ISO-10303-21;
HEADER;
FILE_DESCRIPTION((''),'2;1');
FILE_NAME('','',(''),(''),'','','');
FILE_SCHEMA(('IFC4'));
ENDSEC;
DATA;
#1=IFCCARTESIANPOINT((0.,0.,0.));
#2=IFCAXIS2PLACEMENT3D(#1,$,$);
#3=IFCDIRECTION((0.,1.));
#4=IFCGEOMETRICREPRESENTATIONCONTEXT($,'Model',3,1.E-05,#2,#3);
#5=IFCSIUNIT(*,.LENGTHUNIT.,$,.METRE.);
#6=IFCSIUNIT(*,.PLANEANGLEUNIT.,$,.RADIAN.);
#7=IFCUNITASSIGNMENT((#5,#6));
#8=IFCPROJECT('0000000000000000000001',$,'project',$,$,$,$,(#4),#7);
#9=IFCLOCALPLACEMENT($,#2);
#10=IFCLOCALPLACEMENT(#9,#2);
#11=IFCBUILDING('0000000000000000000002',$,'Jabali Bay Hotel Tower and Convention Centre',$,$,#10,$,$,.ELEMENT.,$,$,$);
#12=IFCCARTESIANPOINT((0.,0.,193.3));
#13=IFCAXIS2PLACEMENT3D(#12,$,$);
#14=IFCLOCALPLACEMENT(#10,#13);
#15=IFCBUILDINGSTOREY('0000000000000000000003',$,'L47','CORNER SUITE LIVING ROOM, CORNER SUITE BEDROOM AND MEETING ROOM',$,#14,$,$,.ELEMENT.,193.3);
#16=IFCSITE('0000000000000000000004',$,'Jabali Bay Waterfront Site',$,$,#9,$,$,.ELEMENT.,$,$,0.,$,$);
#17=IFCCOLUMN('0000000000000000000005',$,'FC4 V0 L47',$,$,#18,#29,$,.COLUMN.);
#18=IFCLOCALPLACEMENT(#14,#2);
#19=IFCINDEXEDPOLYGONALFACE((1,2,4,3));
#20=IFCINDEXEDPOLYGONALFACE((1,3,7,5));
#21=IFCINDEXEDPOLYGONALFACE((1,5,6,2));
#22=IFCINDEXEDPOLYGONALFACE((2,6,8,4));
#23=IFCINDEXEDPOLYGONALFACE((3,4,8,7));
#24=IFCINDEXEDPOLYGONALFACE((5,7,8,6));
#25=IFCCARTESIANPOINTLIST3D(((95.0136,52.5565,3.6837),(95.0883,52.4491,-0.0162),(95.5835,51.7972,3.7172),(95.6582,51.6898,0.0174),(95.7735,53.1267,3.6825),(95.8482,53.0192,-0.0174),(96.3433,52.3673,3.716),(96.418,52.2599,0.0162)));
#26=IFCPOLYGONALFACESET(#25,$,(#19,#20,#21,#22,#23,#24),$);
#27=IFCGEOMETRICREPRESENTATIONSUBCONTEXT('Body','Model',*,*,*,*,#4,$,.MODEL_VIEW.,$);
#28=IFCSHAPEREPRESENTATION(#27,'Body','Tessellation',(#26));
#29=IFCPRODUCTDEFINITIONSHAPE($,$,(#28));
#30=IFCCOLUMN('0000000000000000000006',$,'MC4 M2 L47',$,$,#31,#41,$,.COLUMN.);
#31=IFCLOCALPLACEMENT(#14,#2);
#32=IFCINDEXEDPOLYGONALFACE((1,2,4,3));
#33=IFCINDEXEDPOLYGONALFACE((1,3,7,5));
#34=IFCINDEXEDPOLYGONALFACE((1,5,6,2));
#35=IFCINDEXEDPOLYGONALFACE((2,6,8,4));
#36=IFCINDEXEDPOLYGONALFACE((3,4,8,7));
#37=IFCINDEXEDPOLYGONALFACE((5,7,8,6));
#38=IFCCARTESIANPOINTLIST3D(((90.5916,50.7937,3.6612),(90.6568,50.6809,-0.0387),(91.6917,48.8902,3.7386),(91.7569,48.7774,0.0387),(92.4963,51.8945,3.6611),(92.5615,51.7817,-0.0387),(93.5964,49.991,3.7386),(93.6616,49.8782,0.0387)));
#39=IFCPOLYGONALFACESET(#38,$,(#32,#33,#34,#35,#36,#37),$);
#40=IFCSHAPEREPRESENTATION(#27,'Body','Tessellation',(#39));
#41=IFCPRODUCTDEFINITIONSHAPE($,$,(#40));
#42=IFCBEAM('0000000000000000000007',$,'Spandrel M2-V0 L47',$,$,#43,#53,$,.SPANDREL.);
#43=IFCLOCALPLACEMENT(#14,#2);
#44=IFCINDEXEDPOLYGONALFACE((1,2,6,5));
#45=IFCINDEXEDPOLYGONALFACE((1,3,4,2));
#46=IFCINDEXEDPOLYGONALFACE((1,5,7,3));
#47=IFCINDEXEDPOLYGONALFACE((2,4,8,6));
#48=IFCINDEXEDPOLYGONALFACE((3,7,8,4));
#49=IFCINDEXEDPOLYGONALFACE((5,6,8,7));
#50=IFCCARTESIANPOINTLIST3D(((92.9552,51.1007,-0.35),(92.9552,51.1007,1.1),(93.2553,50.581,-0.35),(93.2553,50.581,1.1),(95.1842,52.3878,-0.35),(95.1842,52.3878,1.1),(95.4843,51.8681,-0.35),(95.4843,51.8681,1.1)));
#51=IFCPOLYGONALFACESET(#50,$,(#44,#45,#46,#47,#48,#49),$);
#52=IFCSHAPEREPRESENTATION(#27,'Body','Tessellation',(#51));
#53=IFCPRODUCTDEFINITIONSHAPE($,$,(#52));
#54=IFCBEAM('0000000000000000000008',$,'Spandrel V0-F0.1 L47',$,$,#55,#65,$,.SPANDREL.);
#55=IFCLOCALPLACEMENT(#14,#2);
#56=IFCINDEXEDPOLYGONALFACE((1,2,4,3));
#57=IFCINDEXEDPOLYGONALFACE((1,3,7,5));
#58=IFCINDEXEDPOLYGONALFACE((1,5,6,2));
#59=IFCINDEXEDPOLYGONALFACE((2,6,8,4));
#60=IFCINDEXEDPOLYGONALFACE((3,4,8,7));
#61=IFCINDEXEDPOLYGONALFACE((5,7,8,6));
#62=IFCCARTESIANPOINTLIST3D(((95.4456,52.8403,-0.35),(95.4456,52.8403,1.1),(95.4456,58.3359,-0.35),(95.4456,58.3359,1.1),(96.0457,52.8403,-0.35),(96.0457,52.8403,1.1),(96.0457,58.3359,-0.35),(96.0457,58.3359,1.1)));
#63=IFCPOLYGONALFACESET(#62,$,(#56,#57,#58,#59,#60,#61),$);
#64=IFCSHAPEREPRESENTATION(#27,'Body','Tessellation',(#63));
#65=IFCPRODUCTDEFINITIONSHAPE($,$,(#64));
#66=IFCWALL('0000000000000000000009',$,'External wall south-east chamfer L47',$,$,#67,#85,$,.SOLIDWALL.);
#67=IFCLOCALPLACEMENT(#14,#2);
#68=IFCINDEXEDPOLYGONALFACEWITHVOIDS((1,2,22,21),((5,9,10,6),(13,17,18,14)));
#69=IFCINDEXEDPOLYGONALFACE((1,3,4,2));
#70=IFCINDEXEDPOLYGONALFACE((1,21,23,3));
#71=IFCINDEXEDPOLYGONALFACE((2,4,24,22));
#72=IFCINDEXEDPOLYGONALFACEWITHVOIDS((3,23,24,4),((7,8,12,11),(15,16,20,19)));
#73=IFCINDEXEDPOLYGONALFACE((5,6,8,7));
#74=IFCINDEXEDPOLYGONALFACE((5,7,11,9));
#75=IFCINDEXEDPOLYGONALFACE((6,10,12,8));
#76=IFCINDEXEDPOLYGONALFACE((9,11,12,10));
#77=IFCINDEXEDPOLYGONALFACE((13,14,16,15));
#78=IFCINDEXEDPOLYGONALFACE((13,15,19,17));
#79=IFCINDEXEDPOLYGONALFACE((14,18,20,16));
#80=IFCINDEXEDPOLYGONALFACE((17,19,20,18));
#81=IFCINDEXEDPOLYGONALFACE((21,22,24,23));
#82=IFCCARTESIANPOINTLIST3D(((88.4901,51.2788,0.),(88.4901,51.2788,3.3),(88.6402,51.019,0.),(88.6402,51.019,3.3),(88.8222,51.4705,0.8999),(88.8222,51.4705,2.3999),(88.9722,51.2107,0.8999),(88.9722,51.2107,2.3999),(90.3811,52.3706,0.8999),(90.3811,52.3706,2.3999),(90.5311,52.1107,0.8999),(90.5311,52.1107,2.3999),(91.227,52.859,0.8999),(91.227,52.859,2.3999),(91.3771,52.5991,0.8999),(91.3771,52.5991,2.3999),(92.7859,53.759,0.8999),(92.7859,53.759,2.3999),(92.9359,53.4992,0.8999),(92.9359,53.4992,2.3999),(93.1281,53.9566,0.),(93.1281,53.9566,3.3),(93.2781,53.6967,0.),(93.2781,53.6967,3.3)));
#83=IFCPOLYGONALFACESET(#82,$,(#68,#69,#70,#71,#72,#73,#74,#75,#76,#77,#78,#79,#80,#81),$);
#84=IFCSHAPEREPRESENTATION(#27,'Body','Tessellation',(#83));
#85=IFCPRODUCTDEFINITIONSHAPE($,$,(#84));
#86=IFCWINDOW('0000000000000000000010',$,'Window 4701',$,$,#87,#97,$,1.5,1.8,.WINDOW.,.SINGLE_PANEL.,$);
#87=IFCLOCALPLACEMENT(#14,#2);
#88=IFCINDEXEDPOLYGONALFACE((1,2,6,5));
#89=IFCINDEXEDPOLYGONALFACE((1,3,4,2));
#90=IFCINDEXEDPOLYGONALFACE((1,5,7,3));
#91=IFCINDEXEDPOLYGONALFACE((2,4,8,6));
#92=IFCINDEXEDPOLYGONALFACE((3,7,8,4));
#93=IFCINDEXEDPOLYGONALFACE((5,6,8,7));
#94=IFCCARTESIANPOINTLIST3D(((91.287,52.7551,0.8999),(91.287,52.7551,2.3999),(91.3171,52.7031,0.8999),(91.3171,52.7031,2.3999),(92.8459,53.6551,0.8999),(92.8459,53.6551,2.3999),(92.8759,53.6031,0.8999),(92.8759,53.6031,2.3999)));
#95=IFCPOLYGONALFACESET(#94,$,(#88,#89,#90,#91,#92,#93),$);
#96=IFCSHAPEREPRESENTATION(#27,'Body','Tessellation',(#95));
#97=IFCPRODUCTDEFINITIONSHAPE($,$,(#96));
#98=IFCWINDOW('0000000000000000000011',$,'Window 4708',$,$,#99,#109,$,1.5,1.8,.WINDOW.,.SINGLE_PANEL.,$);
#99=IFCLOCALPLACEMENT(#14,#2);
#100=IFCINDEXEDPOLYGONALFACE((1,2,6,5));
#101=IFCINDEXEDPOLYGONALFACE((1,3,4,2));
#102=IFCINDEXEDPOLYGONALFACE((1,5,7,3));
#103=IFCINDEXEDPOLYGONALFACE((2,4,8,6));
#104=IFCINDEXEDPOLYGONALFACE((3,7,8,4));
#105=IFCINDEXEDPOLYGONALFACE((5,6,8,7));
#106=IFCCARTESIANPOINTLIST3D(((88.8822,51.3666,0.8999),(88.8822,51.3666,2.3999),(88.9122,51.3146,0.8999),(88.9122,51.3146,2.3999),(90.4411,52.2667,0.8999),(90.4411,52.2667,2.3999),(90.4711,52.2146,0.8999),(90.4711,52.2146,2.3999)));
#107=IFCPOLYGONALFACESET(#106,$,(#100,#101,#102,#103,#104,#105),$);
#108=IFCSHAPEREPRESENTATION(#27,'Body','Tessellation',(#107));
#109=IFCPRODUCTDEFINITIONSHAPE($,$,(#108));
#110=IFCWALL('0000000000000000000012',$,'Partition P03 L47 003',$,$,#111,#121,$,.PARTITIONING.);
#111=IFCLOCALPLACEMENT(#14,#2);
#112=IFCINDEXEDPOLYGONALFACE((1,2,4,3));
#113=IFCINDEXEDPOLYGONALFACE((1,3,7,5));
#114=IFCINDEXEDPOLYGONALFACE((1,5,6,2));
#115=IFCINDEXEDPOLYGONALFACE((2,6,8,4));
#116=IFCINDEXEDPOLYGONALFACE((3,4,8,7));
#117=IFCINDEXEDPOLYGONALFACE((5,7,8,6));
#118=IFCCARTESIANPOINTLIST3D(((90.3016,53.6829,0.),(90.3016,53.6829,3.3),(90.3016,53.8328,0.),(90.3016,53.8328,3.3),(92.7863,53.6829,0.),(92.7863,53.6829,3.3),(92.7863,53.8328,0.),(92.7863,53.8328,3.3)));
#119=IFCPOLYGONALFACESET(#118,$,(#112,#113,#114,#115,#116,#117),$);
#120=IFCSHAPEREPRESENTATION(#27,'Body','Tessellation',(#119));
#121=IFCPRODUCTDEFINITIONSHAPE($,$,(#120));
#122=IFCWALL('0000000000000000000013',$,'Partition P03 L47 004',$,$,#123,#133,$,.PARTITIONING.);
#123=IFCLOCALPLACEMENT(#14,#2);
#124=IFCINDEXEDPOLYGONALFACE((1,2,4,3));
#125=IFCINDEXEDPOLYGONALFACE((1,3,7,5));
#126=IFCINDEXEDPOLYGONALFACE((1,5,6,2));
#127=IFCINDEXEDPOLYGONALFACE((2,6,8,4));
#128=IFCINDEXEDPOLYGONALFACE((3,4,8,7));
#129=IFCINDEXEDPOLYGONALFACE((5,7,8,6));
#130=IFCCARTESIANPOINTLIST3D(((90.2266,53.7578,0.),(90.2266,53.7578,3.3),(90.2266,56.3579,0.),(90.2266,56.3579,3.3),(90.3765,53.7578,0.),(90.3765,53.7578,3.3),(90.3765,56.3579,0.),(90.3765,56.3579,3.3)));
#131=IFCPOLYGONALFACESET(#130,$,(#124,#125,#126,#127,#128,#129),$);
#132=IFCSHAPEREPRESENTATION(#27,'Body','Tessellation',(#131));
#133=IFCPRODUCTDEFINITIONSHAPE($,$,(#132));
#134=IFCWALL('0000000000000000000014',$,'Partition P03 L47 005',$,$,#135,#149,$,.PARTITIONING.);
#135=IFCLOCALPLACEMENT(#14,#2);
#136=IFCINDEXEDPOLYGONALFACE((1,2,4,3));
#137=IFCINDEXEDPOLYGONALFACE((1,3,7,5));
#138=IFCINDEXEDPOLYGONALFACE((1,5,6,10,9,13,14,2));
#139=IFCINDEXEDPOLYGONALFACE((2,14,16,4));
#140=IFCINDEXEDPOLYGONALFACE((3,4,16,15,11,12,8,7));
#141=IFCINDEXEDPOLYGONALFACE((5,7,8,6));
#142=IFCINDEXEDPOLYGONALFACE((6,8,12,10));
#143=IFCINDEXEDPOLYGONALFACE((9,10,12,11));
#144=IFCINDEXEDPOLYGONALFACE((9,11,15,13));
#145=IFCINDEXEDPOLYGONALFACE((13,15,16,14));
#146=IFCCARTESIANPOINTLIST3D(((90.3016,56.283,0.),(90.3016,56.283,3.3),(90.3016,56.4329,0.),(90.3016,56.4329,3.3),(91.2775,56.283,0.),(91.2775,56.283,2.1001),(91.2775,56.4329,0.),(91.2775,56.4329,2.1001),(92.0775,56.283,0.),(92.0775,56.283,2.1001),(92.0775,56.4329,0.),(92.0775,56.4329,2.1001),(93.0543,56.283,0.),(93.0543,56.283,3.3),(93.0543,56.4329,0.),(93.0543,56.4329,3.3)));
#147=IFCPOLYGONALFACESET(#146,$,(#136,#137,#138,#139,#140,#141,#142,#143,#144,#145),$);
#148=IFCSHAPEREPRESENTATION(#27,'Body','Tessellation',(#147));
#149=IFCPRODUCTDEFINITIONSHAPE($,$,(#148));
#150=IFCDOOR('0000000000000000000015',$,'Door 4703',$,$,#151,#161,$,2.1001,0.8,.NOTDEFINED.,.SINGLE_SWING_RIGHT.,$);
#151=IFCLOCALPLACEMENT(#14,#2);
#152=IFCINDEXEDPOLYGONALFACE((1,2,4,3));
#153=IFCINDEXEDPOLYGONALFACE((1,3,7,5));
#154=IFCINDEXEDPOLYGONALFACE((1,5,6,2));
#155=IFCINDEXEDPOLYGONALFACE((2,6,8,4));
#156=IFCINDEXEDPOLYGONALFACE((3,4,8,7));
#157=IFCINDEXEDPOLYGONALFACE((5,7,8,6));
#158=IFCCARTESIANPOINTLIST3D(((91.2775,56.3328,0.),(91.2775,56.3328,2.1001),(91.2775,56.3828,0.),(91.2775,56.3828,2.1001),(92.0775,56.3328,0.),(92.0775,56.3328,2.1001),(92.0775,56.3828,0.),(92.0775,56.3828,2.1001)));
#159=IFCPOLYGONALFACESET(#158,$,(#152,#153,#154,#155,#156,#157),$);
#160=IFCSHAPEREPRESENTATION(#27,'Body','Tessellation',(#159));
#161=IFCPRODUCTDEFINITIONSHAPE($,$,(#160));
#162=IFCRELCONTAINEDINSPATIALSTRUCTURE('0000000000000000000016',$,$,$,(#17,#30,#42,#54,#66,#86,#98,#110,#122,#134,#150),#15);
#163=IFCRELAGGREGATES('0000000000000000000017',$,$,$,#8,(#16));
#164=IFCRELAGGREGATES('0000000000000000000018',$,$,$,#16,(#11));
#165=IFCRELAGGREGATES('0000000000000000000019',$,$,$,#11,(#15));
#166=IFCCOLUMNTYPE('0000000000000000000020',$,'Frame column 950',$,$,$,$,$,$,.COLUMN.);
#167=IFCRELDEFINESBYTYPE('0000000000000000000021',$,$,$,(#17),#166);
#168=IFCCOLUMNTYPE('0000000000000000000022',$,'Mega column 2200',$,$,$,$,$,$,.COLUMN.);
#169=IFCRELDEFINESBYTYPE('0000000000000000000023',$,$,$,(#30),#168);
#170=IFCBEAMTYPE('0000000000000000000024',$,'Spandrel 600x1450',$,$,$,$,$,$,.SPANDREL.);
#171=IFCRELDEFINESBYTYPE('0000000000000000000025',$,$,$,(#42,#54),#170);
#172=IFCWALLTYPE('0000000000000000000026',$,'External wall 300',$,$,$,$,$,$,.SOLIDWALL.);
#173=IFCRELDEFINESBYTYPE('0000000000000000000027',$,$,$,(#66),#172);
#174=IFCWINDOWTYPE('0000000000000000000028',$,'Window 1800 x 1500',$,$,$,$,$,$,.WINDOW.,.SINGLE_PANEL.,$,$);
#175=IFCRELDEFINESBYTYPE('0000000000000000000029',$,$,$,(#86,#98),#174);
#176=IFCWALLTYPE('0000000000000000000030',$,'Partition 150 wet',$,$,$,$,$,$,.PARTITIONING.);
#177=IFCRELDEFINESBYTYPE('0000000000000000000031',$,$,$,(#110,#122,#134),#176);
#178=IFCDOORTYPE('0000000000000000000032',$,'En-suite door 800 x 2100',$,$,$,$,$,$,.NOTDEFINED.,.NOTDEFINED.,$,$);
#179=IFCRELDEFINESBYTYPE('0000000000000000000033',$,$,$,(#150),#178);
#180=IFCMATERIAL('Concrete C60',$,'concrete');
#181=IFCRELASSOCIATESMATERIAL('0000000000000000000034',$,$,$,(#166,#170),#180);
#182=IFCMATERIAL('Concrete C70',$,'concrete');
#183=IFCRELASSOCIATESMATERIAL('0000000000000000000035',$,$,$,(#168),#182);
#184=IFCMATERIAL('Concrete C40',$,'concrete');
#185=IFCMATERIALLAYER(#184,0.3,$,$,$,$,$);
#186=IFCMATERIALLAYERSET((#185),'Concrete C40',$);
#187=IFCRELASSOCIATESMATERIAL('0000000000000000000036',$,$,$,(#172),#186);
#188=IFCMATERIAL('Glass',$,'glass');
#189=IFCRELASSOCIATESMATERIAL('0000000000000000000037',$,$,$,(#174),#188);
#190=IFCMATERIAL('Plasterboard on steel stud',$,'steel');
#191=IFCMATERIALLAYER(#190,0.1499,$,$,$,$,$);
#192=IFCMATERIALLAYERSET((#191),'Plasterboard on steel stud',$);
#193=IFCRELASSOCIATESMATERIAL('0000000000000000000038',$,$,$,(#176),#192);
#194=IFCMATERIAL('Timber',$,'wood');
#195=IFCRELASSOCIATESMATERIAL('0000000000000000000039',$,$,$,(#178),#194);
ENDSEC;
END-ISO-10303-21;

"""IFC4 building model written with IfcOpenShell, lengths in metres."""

from ifc_helpers import new_model, si_unit, direction, frame, frame_2d, origin, origin_2d, place, context, subcontext, project, spatial, rectangle, extrude, material, layer, layer_set, material_profile, profile_set, type_object, element, fill, save


model = new_model("IFC4")

# Units and contexts
model_context = context("Model", 3, precision=1e-05, world=origin(), true_north=direction((0.0, 1.0)))
body_context = subcontext(model_context, "Body", "Model", "MODEL_VIEW")
ifc_project = project(units=[si_unit("LENGTHUNIT", "METRE"), si_unit("PLANEANGLEUNIT", "RADIAN")], contexts=[model_context])

# Site, building, storey
site_placement = place(None, origin())
site = spatial("IfcSite", under=ifc_project, at=site_placement, Name="Jabali Bay Waterfront Site", CompositionType="ELEMENT", RefElevation=0.0)
building_placement = place(site_placement, origin())
building = spatial("IfcBuilding", under=site, at=building_placement, Name="Jabali Bay Hotel Tower and Convention Centre", CompositionType="ELEMENT")
storey_placement = place(building_placement, frame((0.0, 0.0, 193.3)))
storey = spatial("IfcBuildingStorey", under=building, at=storey_placement, Name="L47", Description="CORNER SUITE LIVING ROOM, CORNER SUITE BEDROOM AND MEETING ROOM", CompositionType="ELEMENT", Elevation=193.3)

# Columns
ifc_material_1 = material(Name="Concrete C60", Category="concrete")
ifc_material_profile_1 = material_profile(ifc_material_1, rectangle(XDim=0.95, YDim=0.95, at=origin_2d()), Name="Frame column 950")
ifc_profile_set_1 = profile_set([ifc_material_profile_1], Name="Concrete C60")
column_type_1 = type_object("IfcColumnType", Name="Frame column 950", PredefinedType="COLUMN", material=ifc_profile_set_1)
column_1_placement = place(storey_placement, frame((95.7532, 52.3545, 0.0), z_axis=(-0.020179, 0.029015, 0.999375), x_axis=(-0.799848, -0.600201, 0.001276)))
element("IfcColumn", 1, at=column_1_placement, inside=storey, type_object=column_type_1, Name="FC4 V0 L47", PredefinedType="COLUMN", context=body_context, shape_type="SweptSolid", body=[
    extrude(rectangle(XDim=0.95, YDim=0.95, at=origin_2d()), origin(), (0.0, 0.0, 1.0), 3.7021),
])
ifc_material_2 = material(Name="Concrete C70", Category="concrete")
ifc_material_profile_2 = material_profile(ifc_material_2, rectangle(XDim=2.2, YDim=2.2, at=origin_2d()), Name="Mega column 2200")
ifc_profile_set_2 = profile_set([ifc_material_profile_2], Name="Concrete C70")
column_type_2 = type_object("IfcColumnType", Name="Mega column 2200", PredefinedType="COLUMN", material=ifc_profile_set_2)
column_2_placement = place(storey_placement, frame((92.1592, 50.2795, 0.0), z_axis=(-0.017607, 0.030466, 0.999381), x_axis=(-0.865809, -0.500375, 0.0)))
element("IfcColumn", 2, at=column_2_placement, inside=storey, type_object=column_type_2, Name="MC4 M2 L47", PredefinedType="COLUMN", context=body_context, shape_type="SweptSolid", body=[
    extrude(rectangle(XDim=2.2, YDim=2.2, at=origin_2d()), origin(), (0.0, 0.0, 1.0), 3.7021),
])

# Beams
ifc_material_profile_3 = material_profile(ifc_material_1, rectangle(XDim=0.6001, YDim=1.45, at=origin_2d()), Name="Spandrel 600x1450")
ifc_profile_set_3 = profile_set([ifc_material_profile_3], Name="Concrete C60")
beam_type = type_object("IfcBeamType", Name="Spandrel 600x1450", PredefinedType="SPANDREL", material=ifc_profile_set_3)
beam_1_placement = place(storey_placement, frame((93.1052, 50.8408, 0.375), z_axis=(0.865993, 0.500056, 0.0), x_axis=(-0.500056, 0.865993, 0.0)))
element("IfcBeam", 3, at=beam_1_placement, inside=storey, type_object=beam_type, Name="Spandrel M2-V0 L47", PredefinedType="SPANDREL", context=body_context, shape_type="SweptSolid", body=[
    extrude(rectangle(XDim=0.6001, YDim=1.45, at=origin_2d()), origin(), (0.0, 0.0, 1.0), 2.574),
])
beam_2_placement = place(storey_placement, frame((95.7456, 52.8403, 0.375), z_axis=(0.0, 1.0, 0.0), x_axis=(-1.0, 0.0, 0.0)))
element("IfcBeam", 4, at=beam_2_placement, inside=storey, type_object=beam_type, Name="Spandrel V0-F0.1 L47", PredefinedType="SPANDREL", context=body_context, shape_type="SweptSolid", body=[
    extrude(rectangle(XDim=0.6001, YDim=1.45, at=origin_2d()), origin(), (0.0, 0.0, 1.0), 5.4956),
])

# Wall, openings, windows
ifc_material_3 = material(Name="Concrete C40", Category="concrete")
ifc_layer_1 = layer(ifc_material_3, 0.3)
ifc_layer_set_1 = layer_set([ifc_layer_1], Name="Concrete C40")
wall_type_1 = type_object("IfcWallType", Name="External wall 300", PredefinedType="SOLIDWALL", material=ifc_layer_set_1)
wall_1_placement = place(storey_placement, frame((93.2031, 53.8267, 0.0), z_axis=(0.0, 0.0, 1.0), x_axis=(-0.866024, -0.500003, 0.0)))
wall_1 = element("IfcWall", 5, at=wall_1_placement, inside=storey, type_object=wall_type_1, Name="External wall south-east chamfer L47", PredefinedType="SOLIDWALL", context=body_context, shape_type="SweptSolid", body=[
    extrude(rectangle(XDim=5.3555, YDim=0.3, at=frame_2d((2.6777, 0.0))), origin(), (0.0, 0.0, 1.0), 3.3),
])
opening_1_placement = place(wall_1_placement, frame((0.3953, 0.0, 0.8999)))
opening_1 = element("IfcOpeningElement", 6, at=opening_1_placement, cuts=wall_1, PredefinedType="OPENING", context=body_context, shape_type="SweptSolid", body=[
    extrude(rectangle(XDim=1.8, YDim=1.5, at=frame_2d((0.8999, 0.75))), frame((0.0, 0.1606, 0.0), z_axis=(0.0, -1.0, 0.0), x_axis=(1.0, 0.0, 0.0)), (0.0, 0.0, 1.0), 0.321),
])
opening_2_placement = place(wall_1_placement, frame((3.1721, 0.0, 0.8999)))
opening_2 = element("IfcOpeningElement", 7, at=opening_2_placement, cuts=wall_1, PredefinedType="OPENING", context=body_context, shape_type="SweptSolid", body=[
    extrude(rectangle(XDim=1.8, YDim=1.5, at=frame_2d((0.8999, 0.75))), frame((0.0, 0.1606, 0.0), z_axis=(0.0, -1.0, 0.0), x_axis=(1.0, 0.0, 0.0)), (0.0, 0.0, 1.0), 0.321),
])
ifc_material_4 = material(Name="Glass", Category="glass")
window_type = type_object("IfcWindowType", Name="Window 1800 x 1500", PartitioningType="SINGLE_PANEL", PredefinedType="WINDOW", material=ifc_material_4)
window_1_placement = place(opening_1_placement, origin())
window_1 = element("IfcWindow", 8, at=window_1_placement, inside=storey, type_object=window_type, Name="Window 4701", OverallHeight=1.5, OverallWidth=1.8, PartitioningType="SINGLE_PANEL", PredefinedType="WINDOW", context=body_context, shape_type="SweptSolid", body=[
    extrude(rectangle(XDim=1.8, YDim=1.5, at=frame_2d((0.8999, 0.75))), frame((0.0, 0.03, 0.0), z_axis=(0.0, -1.0, 0.0), x_axis=(1.0, 0.0, 0.0)), (0.0, 0.0, 1.0), 0.0601),
])
fill(opening_1, window_1)
window_2_placement = place(opening_2_placement, origin())
window_2 = element("IfcWindow", 9, at=window_2_placement, inside=storey, type_object=window_type, Name="Window 4708", OverallHeight=1.5, OverallWidth=1.8, PartitioningType="SINGLE_PANEL", PredefinedType="WINDOW", context=body_context, shape_type="SweptSolid", body=[
    extrude(rectangle(XDim=1.8, YDim=1.5, at=frame_2d((0.8999, 0.75))), frame((0.0, 0.03, 0.0), z_axis=(0.0, -1.0, 0.0), x_axis=(1.0, 0.0, 0.0)), (0.0, 0.0, 1.0), 0.0601),
])
fill(opening_2, window_2)

# Walls
ifc_material_5 = material(Name="Plasterboard on steel stud", Category="steel")
ifc_layer_2 = layer(ifc_material_5, 0.1499)
ifc_layer_set_2 = layer_set([ifc_layer_2], Name="Plasterboard on steel stud")
wall_type_2 = type_object("IfcWallType", Name="Partition 150 wet", PredefinedType="PARTITIONING", material=ifc_layer_set_2)
wall_2_placement = place(storey_placement, frame((92.7861, 53.7578, 0.0), z_axis=(0.0, 0.0, 1.0), x_axis=(-1.0, 0.0, 0.0)))
element("IfcWall", 10, at=wall_2_placement, inside=storey, type_object=wall_type_2, Name="Partition P03 L47 003", PredefinedType="PARTITIONING", context=body_context, shape_type="SweptSolid", body=[
    extrude(rectangle(XDim=2.4846, YDim=0.1499, at=frame_2d((1.2422, 0.0))), origin(), (0.0, 0.0, 1.0), 3.3),
])
wall_3_placement = place(storey_placement, frame((90.3015, 53.7578, 0.0), z_axis=(0.0, 0.0, 1.0), x_axis=(0.0, 1.0, 0.0)))
element("IfcWall", 11, at=wall_3_placement, inside=storey, type_object=wall_type_2, Name="Partition P03 L47 004", PredefinedType="PARTITIONING", context=body_context, shape_type="SweptSolid", body=[
    extrude(rectangle(XDim=2.6001, YDim=0.1499, at=frame_2d((1.3, 0.0))), origin(), (0.0, 0.0, 1.0), 3.3),
])

# Wall, opening, door
wall_4_placement = place(storey_placement, frame((90.3015, 56.3579, 0.0), z_axis=(0.0, 0.0, 1.0), x_axis=(1.0, 0.0, 0.0)))
wall_4 = element("IfcWall", 12, at=wall_4_placement, inside=storey, type_object=wall_type_2, Name="Partition P03 L47 005", PredefinedType="PARTITIONING", context=body_context, shape_type="SweptSolid", body=[
    extrude(rectangle(XDim=2.7527, YDim=0.1499, at=frame_2d((1.3765, 0.0))), origin(), (0.0, 0.0, 1.0), 3.3),
])
opening_3_placement = place(wall_4_placement, frame((0.9761, 0.0, 0.0)))
opening_3 = element("IfcOpeningElement", 13, at=opening_3_placement, cuts=wall_4, PredefinedType="OPENING", context=body_context, shape_type="SweptSolid", body=[
    extrude(rectangle(XDim=0.8, YDim=2.1001, at=frame_2d((0.3999, 1.05))), frame((0.0, 0.0854, 0.0), z_axis=(0.0, -1.0, 0.0), x_axis=(1.0, 0.0, 0.0)), (0.0, 0.0, 1.0), 0.1709),
])
ifc_material_6 = material(Name="Timber", Category="wood")
door_type = type_object("IfcDoorType", Name="En-suite door 800 x 2100", OperationType="NOTDEFINED", PredefinedType="NOTDEFINED", material=ifc_material_6)
door_placement = place(opening_3_placement, origin())
door = element("IfcDoor", 14, at=door_placement, inside=storey, type_object=door_type, Name="Door 4703", OperationType="SINGLE_SWING_RIGHT", OverallHeight=2.1001, OverallWidth=0.8, PredefinedType="NOTDEFINED", context=body_context, shape_type="SweptSolid", body=[
    extrude(rectangle(XDim=0.8, YDim=2.1001, at=frame_2d((0.3999, 1.05))), frame((0.0, 0.0249, 0.0), z_axis=(0.0, -1.0, 0.0), x_axis=(1.0, 0.0, 0.0)), (0.0, 0.0, 1.0), 0.05),
])
fill(opening_3, door)

save(model, "model.ifc")
